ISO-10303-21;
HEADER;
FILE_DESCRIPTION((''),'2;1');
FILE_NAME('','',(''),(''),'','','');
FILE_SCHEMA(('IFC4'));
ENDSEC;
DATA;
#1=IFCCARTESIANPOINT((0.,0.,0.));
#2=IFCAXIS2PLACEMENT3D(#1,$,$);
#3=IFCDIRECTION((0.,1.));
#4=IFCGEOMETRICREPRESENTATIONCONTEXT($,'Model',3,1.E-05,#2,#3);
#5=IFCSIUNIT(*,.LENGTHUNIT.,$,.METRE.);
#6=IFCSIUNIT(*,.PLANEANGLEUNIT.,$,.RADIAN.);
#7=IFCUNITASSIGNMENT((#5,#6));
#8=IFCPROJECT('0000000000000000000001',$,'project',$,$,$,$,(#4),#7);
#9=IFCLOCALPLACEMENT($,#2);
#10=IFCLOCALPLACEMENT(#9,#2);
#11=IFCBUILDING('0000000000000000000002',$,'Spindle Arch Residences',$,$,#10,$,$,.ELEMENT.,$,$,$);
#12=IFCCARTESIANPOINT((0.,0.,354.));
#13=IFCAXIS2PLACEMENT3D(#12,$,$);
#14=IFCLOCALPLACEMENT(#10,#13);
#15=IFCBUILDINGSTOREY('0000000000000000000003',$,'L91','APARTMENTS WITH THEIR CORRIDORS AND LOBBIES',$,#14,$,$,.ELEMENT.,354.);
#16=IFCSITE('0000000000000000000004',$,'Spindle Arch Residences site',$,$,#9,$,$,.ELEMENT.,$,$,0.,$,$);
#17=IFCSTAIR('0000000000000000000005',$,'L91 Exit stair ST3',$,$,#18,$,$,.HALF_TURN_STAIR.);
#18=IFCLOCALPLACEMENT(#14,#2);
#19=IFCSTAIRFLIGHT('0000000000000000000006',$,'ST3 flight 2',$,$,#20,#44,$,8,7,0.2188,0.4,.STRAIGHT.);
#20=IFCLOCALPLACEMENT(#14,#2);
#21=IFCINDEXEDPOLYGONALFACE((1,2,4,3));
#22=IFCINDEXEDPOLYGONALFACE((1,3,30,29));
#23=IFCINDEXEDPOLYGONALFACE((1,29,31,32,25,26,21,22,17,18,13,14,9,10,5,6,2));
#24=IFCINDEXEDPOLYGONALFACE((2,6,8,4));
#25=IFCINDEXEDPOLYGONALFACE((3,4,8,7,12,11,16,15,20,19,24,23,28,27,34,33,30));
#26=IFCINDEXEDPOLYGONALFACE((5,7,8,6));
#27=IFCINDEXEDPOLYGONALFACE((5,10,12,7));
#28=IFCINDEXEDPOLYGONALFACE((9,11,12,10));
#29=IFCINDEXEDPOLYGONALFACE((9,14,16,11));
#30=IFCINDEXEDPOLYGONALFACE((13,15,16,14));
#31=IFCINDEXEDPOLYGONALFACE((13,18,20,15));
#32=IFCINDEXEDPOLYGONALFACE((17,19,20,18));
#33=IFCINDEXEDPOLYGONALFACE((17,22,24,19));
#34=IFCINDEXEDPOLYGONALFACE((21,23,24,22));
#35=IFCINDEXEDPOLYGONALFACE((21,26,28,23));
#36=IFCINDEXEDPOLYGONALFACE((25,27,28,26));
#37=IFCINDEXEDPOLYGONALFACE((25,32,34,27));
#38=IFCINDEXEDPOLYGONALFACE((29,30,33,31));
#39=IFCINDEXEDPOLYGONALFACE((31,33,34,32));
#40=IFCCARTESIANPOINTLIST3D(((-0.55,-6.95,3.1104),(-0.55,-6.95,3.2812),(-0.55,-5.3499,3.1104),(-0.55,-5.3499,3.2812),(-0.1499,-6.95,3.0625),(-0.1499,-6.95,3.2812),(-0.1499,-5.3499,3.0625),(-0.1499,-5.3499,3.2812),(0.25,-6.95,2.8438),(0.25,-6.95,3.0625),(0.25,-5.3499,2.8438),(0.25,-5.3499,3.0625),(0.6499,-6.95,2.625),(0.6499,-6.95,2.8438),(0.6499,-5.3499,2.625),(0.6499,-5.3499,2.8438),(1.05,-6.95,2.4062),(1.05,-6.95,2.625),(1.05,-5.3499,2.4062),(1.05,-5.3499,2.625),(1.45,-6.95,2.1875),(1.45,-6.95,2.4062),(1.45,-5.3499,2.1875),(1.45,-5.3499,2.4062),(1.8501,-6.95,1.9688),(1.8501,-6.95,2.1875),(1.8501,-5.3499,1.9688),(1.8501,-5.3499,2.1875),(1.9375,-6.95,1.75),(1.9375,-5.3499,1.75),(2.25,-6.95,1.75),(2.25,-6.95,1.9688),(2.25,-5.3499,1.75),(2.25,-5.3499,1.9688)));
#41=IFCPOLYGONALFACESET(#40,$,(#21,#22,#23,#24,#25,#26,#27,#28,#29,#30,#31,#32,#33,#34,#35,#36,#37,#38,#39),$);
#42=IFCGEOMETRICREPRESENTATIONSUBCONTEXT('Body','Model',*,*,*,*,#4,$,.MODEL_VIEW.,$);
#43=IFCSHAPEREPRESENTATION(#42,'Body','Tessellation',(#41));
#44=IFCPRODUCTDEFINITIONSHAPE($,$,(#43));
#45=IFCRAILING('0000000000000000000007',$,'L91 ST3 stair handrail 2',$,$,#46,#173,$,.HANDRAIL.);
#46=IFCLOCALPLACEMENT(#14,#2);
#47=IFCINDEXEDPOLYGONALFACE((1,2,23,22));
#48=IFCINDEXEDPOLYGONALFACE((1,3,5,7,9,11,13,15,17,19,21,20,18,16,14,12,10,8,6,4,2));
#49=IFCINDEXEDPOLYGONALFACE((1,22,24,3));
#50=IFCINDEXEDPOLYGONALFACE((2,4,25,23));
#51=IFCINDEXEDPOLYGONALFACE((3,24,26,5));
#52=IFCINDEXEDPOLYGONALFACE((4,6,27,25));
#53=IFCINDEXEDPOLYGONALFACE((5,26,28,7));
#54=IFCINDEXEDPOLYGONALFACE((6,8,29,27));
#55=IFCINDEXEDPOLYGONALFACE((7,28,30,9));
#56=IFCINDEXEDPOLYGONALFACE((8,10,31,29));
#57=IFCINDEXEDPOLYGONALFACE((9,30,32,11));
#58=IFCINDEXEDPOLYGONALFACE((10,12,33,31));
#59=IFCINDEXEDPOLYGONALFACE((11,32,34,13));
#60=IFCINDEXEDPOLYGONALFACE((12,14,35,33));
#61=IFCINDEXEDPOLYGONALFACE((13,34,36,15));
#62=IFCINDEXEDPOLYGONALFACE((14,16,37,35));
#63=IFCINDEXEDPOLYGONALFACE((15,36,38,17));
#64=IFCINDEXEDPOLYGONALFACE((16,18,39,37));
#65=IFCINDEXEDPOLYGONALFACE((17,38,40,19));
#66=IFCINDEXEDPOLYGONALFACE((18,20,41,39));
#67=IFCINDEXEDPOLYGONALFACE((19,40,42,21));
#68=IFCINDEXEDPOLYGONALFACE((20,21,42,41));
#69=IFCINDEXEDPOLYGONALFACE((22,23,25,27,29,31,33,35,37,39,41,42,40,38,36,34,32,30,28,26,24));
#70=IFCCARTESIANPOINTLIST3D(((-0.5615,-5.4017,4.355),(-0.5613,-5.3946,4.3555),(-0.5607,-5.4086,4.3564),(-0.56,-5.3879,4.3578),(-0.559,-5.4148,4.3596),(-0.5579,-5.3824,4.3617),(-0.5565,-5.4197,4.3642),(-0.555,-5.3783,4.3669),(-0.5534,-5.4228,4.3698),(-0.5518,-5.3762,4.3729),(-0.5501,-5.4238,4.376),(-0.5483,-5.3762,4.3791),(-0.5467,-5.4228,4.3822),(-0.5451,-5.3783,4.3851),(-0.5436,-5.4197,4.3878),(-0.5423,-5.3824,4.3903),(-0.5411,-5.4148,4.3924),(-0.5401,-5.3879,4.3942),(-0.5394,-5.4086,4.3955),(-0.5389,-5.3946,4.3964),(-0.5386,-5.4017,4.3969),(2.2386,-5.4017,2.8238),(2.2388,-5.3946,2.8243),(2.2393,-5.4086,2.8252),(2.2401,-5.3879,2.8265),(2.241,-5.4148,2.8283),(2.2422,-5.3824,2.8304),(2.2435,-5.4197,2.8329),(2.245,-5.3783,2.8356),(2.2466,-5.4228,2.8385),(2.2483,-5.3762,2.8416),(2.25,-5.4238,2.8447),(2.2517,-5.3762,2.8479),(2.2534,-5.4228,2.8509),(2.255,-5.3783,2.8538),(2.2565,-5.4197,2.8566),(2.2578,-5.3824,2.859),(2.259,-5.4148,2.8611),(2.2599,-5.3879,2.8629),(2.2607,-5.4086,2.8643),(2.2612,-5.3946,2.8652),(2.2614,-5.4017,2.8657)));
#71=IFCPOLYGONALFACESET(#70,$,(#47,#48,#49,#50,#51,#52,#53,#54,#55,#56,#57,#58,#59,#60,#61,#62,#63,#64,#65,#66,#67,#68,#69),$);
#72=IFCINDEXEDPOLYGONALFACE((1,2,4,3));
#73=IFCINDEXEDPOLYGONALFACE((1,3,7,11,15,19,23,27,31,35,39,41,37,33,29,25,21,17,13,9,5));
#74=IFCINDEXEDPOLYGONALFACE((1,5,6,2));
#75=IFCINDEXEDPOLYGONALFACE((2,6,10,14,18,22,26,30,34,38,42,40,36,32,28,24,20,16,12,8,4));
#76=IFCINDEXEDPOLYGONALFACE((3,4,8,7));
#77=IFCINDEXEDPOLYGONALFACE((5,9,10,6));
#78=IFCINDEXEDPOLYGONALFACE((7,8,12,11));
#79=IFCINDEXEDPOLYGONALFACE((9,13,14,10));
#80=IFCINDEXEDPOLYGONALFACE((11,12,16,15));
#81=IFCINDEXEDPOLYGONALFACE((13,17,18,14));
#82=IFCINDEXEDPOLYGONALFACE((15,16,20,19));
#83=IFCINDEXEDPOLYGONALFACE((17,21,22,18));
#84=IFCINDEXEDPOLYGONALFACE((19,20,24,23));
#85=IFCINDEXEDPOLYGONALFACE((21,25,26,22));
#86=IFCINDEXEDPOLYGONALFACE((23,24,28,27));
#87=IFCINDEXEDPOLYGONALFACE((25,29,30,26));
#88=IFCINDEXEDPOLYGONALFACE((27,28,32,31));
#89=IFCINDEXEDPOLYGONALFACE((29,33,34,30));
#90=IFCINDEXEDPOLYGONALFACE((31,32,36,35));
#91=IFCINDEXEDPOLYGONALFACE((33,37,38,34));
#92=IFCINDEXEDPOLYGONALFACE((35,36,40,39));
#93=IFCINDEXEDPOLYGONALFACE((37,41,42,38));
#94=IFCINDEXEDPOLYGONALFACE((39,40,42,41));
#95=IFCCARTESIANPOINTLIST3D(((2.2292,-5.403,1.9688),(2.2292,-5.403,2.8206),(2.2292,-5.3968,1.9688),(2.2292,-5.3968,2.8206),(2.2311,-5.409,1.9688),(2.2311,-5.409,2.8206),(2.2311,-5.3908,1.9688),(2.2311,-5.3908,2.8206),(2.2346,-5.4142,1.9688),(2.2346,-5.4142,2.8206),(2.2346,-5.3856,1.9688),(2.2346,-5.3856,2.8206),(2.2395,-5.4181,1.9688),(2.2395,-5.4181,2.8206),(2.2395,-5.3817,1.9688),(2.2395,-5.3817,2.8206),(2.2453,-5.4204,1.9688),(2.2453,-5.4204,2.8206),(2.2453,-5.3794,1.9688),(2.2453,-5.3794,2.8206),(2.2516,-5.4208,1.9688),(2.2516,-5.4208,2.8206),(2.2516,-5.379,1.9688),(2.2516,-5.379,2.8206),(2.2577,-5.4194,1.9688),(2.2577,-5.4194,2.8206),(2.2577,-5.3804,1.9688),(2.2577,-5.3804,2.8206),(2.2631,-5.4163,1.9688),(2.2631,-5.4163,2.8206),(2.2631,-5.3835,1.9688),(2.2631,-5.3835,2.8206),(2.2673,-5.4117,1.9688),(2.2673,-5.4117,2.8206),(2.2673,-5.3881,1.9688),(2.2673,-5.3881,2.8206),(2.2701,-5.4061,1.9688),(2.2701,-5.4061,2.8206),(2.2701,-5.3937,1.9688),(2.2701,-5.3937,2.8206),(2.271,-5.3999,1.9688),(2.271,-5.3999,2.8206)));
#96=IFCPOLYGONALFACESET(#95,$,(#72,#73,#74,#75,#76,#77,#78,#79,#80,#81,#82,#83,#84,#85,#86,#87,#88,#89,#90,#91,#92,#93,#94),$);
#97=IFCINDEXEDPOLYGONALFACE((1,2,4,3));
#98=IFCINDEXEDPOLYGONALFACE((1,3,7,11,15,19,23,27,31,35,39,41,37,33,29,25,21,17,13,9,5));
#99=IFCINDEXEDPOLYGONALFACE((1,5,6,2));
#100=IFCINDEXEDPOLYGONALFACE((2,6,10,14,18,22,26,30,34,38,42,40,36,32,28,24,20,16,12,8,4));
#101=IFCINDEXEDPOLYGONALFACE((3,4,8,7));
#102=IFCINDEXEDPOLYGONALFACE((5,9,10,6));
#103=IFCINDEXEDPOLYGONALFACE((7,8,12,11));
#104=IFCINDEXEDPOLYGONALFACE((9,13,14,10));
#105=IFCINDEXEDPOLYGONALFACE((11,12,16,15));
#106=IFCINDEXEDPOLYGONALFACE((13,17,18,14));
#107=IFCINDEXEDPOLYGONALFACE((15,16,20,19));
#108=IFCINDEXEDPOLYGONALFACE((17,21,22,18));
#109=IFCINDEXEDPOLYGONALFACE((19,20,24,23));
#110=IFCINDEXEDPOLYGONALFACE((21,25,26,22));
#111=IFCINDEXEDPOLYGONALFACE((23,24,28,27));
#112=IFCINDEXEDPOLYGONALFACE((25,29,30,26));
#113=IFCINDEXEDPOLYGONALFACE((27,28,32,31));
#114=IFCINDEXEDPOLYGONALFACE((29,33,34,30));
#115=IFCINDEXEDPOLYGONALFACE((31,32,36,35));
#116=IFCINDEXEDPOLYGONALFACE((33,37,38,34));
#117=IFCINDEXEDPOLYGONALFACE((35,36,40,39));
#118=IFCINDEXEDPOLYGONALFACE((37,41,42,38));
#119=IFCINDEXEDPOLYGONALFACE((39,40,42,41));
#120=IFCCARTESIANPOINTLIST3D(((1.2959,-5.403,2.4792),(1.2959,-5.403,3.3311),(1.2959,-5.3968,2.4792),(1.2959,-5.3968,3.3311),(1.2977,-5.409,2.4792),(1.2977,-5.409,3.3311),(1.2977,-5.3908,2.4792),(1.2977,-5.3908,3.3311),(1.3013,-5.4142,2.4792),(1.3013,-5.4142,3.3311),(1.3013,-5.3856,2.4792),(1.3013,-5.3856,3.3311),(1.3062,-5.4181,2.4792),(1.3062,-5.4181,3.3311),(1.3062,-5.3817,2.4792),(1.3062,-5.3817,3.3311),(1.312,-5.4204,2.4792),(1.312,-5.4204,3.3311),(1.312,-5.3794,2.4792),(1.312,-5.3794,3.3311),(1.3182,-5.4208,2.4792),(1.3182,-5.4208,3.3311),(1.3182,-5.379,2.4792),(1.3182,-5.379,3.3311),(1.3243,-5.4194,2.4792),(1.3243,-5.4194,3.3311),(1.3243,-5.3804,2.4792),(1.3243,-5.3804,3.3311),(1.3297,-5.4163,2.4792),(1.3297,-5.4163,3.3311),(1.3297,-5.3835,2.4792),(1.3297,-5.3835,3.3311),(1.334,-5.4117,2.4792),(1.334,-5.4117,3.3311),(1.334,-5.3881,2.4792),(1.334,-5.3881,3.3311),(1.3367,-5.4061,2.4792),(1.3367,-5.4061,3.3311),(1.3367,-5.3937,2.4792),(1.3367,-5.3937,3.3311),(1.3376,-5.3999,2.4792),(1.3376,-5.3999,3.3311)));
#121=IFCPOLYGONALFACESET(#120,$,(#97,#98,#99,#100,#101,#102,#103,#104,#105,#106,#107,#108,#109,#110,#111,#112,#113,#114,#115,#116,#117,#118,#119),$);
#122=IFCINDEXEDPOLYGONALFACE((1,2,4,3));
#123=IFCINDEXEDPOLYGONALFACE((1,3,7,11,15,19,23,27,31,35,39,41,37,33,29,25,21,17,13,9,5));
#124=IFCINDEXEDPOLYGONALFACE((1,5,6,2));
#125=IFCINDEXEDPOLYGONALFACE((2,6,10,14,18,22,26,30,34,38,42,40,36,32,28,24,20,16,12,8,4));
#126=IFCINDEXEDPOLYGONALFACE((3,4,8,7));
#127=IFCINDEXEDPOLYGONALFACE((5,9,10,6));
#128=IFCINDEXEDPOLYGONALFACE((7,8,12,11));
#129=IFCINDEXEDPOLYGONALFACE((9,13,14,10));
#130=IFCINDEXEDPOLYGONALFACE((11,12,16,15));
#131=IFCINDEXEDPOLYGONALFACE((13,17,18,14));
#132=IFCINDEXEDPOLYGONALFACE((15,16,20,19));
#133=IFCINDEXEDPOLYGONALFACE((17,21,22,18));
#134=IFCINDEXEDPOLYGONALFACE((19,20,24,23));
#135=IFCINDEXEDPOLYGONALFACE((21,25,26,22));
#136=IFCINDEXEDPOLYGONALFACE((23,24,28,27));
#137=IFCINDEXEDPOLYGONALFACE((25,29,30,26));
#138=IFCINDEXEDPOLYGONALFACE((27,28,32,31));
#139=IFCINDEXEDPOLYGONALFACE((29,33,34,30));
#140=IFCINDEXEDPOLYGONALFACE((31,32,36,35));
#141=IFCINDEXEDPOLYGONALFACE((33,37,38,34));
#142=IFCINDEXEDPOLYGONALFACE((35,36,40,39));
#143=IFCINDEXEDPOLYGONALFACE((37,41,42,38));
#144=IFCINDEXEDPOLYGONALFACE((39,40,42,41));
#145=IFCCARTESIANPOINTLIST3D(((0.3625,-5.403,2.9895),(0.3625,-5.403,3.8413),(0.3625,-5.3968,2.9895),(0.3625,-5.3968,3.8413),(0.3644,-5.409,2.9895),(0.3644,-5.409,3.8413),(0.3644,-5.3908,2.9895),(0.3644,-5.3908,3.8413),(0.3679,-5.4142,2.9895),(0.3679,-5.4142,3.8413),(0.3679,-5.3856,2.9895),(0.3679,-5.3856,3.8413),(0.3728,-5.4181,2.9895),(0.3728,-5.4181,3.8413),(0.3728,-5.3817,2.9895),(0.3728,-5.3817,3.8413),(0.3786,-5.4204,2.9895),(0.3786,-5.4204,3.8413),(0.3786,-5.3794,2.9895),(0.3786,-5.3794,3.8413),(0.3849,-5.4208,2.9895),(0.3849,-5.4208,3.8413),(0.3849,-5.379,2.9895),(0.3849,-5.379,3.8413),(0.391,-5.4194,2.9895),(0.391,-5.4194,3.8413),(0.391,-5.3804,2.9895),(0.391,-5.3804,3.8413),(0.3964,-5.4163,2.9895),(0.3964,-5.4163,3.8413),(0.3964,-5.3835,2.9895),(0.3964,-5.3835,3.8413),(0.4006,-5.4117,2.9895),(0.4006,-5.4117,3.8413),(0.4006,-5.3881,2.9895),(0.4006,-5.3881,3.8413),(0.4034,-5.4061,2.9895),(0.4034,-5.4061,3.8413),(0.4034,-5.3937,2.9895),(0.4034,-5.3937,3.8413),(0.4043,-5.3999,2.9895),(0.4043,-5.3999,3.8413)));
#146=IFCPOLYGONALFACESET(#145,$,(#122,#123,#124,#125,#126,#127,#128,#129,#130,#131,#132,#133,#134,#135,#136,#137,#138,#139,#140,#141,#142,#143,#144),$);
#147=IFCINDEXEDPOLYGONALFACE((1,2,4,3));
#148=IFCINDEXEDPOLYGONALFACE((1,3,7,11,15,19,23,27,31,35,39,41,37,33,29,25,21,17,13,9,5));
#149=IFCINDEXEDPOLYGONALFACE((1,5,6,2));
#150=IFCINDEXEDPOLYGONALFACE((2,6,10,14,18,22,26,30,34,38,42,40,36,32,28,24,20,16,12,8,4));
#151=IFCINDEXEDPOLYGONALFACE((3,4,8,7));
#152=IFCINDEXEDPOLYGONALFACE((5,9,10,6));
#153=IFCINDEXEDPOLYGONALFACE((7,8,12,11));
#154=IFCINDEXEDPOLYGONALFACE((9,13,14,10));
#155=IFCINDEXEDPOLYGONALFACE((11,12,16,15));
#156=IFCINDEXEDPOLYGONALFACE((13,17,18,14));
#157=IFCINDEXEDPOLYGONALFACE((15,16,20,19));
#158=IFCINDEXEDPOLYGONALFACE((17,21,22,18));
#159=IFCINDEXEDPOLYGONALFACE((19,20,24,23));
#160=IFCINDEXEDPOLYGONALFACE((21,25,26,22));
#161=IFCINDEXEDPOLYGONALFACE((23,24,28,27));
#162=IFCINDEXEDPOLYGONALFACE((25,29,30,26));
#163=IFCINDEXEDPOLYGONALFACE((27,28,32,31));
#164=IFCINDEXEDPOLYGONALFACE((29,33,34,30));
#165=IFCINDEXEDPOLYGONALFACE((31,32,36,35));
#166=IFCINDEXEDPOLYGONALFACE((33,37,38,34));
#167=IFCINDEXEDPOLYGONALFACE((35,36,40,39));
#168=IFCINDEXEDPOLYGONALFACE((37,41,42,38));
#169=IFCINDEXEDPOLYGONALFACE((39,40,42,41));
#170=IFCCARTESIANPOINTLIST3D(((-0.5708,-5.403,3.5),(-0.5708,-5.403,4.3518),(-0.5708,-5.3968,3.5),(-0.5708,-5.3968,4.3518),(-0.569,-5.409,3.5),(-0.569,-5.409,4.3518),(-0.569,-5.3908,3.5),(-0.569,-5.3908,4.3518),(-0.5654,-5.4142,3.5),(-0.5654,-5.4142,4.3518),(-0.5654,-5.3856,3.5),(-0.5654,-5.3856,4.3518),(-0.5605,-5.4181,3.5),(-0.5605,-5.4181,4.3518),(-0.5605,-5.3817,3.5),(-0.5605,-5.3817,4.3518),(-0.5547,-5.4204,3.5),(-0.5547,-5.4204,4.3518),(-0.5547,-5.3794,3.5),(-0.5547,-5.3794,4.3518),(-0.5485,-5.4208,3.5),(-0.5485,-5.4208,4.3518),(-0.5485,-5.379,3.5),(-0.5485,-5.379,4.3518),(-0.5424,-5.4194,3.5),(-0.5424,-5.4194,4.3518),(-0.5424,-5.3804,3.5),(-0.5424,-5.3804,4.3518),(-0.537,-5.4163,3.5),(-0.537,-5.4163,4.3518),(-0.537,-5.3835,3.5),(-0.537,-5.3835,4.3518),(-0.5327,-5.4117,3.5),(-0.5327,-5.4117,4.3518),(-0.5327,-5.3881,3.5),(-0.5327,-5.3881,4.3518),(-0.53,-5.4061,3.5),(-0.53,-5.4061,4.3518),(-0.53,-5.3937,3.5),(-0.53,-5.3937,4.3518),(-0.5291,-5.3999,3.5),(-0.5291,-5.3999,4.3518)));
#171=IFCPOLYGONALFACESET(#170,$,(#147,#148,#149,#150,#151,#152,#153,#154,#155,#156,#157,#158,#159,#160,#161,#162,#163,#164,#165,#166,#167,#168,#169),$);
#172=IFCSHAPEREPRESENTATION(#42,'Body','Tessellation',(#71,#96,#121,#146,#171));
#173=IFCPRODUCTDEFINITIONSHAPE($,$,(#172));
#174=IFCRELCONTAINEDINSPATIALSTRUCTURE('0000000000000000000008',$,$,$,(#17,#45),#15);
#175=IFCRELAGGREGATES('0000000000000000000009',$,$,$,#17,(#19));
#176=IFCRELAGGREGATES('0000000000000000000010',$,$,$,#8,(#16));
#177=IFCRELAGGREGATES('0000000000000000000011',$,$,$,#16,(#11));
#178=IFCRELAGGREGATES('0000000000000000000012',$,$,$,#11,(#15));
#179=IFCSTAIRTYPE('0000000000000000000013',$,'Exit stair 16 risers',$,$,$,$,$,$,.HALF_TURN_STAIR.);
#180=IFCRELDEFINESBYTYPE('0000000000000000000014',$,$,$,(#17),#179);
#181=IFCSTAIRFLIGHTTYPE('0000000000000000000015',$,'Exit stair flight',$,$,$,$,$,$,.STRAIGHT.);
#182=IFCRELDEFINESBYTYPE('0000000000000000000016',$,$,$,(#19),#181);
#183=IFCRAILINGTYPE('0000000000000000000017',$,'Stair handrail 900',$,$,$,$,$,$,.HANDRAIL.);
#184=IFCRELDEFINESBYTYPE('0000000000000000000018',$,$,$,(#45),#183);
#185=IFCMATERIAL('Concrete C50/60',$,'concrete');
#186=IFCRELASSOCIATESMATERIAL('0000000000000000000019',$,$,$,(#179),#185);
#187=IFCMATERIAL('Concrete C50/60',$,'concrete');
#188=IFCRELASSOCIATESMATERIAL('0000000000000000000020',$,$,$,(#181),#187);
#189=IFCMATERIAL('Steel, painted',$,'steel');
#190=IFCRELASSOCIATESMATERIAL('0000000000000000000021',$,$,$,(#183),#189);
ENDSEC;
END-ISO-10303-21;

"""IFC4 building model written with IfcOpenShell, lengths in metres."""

from ifc_helpers import new_model, si_unit, direction, frame, origin, origin_2d, place, context, subcontext, project, spatial, polyline, circle, outline, extrude, material, type_object, element, aggregate, save


model = new_model("IFC4")

# Units and contexts
model_context = context("Model", 3, precision=1e-05, world=origin(), true_north=direction((0.0, 1.0)))
body_context = subcontext(model_context, "Body", "Model", "MODEL_VIEW")
ifc_project = project(units=[si_unit("LENGTHUNIT", "METRE"), si_unit("PLANEANGLEUNIT", "RADIAN")], contexts=[model_context])

# Site, building, storey
site_placement = place(None, origin())
site = spatial("IfcSite", under=ifc_project, at=site_placement, Name="Spindle Arch Residences site", CompositionType="ELEMENT", RefElevation=0.0)
building_placement = place(site_placement, origin())
building = spatial("IfcBuilding", under=site, at=building_placement, Name="Spindle Arch Residences", CompositionType="ELEMENT")
storey_placement = place(building_placement, frame((0.0, 0.0, 354.0)))
storey = spatial("IfcBuildingStorey", under=building, at=storey_placement, Name="L91", Description="APARTMENTS WITH THEIR CORRIDORS AND LOBBIES", CompositionType="ELEMENT", Elevation=354.0)

# Stair
ifc_material_1 = material(Name="Concrete C50/60", Category="concrete")
stair_type = type_object("IfcStairType", Name="Exit stair 16 risers", PredefinedType="HALF_TURN_STAIR", material=ifc_material_1)
stair_1_placement = place(storey_placement, origin())
stair_1 = element("IfcStair", 1, at=stair_1_placement, inside=storey, type_object=stair_type, Name="L91 Exit stair ST3", PredefinedType="HALF_TURN_STAIR")

# Stair flight
ifc_material_2 = material(Name="Concrete C50/60", Category="concrete")
stair_flight_type = type_object("IfcStairFlightType", Name="Exit stair flight", PredefinedType="STRAIGHT", material=ifc_material_2)
stair_flight_placement = place(storey_placement, frame((2.25, -6.1499, 1.75), z_axis=(0.0, 0.0, 1.0), x_axis=(-1.0, 0.0, 0.0)))
stair_flight = element("IfcStairFlight", 2, at=stair_flight_placement, type_object=stair_flight_type, Name="ST3 flight 2", NumberOfRisers=8, NumberOfTreads=7, PredefinedType="STRAIGHT", RiserHeight=0.2188, TreadLength=0.4, context=body_context, shape_type="SweptSolid", body=[
    extrude(outline(polyline([(0.0, 0.0), (0.0, 0.2188), (0.3999, 0.2188), (0.3999, 0.4375), (0.8, 0.4375), (0.8, 0.6562), (1.2, 0.6562), (1.2, 0.875), (1.6001, 0.875), (1.6001, 1.0938), (2.0, 1.0938), (2.0, 1.3125), (2.3999, 1.3125), (2.3999, 1.5312), (2.8, 1.5312), (2.8, 1.75), (2.8, 1.3604), (0.3125, 0.0), (0.0, 0.0)])), frame((0.0, 0.8, 0.0), z_axis=(0.0, -1.0, 0.0), x_axis=(1.0, 0.0, 0.0)), (0.0, 0.0, 1.0), 1.6001),
])
aggregate(stair_1, [stair_flight])

# Railing
ifc_material_3 = material(Name="Steel, painted", Category="steel")
railing_type = type_object("IfcRailingType", Name="Stair handrail 900", PredefinedType="HANDRAIL", material=ifc_material_3)
railing_placement = place(storey_placement, frame((2.25, -5.3999, 1.9688)))
element("IfcRailing", 3, at=railing_placement, inside=storey, type_object=railing_type, Name="L91 ST3 stair handrail 2", PredefinedType="HANDRAIL", context=body_context, shape_type="SweptSolid", body=[
    extrude(circle(Radius=0.0239, at=origin_2d()), frame((0.0, 0.0, 0.876), z_axis=(-0.877375, 0.0, 0.479806), x_axis=(0.0, -1.0, 0.0)), (0.0, 0.0, 1.0), 3.1914),
    extrude(circle(Radius=0.021, at=origin_2d()), origin(), (0.0, 0.0, 1.0), 0.8518),
    extrude(circle(Radius=0.021, at=origin_2d()), frame((-0.9333, 0.0, 0.5105)), (0.0, 0.0, 1.0), 0.8518),
    extrude(circle(Radius=0.021, at=origin_2d()), frame((-1.8667, 0.0, 1.0208)), (0.0, 0.0, 1.0), 0.8518),
    extrude(circle(Radius=0.021, at=origin_2d()), frame((-2.8, 0.0, 1.5312)), (0.0, 0.0, 1.0), 0.8518),
])

save(model, "model.ifc")
